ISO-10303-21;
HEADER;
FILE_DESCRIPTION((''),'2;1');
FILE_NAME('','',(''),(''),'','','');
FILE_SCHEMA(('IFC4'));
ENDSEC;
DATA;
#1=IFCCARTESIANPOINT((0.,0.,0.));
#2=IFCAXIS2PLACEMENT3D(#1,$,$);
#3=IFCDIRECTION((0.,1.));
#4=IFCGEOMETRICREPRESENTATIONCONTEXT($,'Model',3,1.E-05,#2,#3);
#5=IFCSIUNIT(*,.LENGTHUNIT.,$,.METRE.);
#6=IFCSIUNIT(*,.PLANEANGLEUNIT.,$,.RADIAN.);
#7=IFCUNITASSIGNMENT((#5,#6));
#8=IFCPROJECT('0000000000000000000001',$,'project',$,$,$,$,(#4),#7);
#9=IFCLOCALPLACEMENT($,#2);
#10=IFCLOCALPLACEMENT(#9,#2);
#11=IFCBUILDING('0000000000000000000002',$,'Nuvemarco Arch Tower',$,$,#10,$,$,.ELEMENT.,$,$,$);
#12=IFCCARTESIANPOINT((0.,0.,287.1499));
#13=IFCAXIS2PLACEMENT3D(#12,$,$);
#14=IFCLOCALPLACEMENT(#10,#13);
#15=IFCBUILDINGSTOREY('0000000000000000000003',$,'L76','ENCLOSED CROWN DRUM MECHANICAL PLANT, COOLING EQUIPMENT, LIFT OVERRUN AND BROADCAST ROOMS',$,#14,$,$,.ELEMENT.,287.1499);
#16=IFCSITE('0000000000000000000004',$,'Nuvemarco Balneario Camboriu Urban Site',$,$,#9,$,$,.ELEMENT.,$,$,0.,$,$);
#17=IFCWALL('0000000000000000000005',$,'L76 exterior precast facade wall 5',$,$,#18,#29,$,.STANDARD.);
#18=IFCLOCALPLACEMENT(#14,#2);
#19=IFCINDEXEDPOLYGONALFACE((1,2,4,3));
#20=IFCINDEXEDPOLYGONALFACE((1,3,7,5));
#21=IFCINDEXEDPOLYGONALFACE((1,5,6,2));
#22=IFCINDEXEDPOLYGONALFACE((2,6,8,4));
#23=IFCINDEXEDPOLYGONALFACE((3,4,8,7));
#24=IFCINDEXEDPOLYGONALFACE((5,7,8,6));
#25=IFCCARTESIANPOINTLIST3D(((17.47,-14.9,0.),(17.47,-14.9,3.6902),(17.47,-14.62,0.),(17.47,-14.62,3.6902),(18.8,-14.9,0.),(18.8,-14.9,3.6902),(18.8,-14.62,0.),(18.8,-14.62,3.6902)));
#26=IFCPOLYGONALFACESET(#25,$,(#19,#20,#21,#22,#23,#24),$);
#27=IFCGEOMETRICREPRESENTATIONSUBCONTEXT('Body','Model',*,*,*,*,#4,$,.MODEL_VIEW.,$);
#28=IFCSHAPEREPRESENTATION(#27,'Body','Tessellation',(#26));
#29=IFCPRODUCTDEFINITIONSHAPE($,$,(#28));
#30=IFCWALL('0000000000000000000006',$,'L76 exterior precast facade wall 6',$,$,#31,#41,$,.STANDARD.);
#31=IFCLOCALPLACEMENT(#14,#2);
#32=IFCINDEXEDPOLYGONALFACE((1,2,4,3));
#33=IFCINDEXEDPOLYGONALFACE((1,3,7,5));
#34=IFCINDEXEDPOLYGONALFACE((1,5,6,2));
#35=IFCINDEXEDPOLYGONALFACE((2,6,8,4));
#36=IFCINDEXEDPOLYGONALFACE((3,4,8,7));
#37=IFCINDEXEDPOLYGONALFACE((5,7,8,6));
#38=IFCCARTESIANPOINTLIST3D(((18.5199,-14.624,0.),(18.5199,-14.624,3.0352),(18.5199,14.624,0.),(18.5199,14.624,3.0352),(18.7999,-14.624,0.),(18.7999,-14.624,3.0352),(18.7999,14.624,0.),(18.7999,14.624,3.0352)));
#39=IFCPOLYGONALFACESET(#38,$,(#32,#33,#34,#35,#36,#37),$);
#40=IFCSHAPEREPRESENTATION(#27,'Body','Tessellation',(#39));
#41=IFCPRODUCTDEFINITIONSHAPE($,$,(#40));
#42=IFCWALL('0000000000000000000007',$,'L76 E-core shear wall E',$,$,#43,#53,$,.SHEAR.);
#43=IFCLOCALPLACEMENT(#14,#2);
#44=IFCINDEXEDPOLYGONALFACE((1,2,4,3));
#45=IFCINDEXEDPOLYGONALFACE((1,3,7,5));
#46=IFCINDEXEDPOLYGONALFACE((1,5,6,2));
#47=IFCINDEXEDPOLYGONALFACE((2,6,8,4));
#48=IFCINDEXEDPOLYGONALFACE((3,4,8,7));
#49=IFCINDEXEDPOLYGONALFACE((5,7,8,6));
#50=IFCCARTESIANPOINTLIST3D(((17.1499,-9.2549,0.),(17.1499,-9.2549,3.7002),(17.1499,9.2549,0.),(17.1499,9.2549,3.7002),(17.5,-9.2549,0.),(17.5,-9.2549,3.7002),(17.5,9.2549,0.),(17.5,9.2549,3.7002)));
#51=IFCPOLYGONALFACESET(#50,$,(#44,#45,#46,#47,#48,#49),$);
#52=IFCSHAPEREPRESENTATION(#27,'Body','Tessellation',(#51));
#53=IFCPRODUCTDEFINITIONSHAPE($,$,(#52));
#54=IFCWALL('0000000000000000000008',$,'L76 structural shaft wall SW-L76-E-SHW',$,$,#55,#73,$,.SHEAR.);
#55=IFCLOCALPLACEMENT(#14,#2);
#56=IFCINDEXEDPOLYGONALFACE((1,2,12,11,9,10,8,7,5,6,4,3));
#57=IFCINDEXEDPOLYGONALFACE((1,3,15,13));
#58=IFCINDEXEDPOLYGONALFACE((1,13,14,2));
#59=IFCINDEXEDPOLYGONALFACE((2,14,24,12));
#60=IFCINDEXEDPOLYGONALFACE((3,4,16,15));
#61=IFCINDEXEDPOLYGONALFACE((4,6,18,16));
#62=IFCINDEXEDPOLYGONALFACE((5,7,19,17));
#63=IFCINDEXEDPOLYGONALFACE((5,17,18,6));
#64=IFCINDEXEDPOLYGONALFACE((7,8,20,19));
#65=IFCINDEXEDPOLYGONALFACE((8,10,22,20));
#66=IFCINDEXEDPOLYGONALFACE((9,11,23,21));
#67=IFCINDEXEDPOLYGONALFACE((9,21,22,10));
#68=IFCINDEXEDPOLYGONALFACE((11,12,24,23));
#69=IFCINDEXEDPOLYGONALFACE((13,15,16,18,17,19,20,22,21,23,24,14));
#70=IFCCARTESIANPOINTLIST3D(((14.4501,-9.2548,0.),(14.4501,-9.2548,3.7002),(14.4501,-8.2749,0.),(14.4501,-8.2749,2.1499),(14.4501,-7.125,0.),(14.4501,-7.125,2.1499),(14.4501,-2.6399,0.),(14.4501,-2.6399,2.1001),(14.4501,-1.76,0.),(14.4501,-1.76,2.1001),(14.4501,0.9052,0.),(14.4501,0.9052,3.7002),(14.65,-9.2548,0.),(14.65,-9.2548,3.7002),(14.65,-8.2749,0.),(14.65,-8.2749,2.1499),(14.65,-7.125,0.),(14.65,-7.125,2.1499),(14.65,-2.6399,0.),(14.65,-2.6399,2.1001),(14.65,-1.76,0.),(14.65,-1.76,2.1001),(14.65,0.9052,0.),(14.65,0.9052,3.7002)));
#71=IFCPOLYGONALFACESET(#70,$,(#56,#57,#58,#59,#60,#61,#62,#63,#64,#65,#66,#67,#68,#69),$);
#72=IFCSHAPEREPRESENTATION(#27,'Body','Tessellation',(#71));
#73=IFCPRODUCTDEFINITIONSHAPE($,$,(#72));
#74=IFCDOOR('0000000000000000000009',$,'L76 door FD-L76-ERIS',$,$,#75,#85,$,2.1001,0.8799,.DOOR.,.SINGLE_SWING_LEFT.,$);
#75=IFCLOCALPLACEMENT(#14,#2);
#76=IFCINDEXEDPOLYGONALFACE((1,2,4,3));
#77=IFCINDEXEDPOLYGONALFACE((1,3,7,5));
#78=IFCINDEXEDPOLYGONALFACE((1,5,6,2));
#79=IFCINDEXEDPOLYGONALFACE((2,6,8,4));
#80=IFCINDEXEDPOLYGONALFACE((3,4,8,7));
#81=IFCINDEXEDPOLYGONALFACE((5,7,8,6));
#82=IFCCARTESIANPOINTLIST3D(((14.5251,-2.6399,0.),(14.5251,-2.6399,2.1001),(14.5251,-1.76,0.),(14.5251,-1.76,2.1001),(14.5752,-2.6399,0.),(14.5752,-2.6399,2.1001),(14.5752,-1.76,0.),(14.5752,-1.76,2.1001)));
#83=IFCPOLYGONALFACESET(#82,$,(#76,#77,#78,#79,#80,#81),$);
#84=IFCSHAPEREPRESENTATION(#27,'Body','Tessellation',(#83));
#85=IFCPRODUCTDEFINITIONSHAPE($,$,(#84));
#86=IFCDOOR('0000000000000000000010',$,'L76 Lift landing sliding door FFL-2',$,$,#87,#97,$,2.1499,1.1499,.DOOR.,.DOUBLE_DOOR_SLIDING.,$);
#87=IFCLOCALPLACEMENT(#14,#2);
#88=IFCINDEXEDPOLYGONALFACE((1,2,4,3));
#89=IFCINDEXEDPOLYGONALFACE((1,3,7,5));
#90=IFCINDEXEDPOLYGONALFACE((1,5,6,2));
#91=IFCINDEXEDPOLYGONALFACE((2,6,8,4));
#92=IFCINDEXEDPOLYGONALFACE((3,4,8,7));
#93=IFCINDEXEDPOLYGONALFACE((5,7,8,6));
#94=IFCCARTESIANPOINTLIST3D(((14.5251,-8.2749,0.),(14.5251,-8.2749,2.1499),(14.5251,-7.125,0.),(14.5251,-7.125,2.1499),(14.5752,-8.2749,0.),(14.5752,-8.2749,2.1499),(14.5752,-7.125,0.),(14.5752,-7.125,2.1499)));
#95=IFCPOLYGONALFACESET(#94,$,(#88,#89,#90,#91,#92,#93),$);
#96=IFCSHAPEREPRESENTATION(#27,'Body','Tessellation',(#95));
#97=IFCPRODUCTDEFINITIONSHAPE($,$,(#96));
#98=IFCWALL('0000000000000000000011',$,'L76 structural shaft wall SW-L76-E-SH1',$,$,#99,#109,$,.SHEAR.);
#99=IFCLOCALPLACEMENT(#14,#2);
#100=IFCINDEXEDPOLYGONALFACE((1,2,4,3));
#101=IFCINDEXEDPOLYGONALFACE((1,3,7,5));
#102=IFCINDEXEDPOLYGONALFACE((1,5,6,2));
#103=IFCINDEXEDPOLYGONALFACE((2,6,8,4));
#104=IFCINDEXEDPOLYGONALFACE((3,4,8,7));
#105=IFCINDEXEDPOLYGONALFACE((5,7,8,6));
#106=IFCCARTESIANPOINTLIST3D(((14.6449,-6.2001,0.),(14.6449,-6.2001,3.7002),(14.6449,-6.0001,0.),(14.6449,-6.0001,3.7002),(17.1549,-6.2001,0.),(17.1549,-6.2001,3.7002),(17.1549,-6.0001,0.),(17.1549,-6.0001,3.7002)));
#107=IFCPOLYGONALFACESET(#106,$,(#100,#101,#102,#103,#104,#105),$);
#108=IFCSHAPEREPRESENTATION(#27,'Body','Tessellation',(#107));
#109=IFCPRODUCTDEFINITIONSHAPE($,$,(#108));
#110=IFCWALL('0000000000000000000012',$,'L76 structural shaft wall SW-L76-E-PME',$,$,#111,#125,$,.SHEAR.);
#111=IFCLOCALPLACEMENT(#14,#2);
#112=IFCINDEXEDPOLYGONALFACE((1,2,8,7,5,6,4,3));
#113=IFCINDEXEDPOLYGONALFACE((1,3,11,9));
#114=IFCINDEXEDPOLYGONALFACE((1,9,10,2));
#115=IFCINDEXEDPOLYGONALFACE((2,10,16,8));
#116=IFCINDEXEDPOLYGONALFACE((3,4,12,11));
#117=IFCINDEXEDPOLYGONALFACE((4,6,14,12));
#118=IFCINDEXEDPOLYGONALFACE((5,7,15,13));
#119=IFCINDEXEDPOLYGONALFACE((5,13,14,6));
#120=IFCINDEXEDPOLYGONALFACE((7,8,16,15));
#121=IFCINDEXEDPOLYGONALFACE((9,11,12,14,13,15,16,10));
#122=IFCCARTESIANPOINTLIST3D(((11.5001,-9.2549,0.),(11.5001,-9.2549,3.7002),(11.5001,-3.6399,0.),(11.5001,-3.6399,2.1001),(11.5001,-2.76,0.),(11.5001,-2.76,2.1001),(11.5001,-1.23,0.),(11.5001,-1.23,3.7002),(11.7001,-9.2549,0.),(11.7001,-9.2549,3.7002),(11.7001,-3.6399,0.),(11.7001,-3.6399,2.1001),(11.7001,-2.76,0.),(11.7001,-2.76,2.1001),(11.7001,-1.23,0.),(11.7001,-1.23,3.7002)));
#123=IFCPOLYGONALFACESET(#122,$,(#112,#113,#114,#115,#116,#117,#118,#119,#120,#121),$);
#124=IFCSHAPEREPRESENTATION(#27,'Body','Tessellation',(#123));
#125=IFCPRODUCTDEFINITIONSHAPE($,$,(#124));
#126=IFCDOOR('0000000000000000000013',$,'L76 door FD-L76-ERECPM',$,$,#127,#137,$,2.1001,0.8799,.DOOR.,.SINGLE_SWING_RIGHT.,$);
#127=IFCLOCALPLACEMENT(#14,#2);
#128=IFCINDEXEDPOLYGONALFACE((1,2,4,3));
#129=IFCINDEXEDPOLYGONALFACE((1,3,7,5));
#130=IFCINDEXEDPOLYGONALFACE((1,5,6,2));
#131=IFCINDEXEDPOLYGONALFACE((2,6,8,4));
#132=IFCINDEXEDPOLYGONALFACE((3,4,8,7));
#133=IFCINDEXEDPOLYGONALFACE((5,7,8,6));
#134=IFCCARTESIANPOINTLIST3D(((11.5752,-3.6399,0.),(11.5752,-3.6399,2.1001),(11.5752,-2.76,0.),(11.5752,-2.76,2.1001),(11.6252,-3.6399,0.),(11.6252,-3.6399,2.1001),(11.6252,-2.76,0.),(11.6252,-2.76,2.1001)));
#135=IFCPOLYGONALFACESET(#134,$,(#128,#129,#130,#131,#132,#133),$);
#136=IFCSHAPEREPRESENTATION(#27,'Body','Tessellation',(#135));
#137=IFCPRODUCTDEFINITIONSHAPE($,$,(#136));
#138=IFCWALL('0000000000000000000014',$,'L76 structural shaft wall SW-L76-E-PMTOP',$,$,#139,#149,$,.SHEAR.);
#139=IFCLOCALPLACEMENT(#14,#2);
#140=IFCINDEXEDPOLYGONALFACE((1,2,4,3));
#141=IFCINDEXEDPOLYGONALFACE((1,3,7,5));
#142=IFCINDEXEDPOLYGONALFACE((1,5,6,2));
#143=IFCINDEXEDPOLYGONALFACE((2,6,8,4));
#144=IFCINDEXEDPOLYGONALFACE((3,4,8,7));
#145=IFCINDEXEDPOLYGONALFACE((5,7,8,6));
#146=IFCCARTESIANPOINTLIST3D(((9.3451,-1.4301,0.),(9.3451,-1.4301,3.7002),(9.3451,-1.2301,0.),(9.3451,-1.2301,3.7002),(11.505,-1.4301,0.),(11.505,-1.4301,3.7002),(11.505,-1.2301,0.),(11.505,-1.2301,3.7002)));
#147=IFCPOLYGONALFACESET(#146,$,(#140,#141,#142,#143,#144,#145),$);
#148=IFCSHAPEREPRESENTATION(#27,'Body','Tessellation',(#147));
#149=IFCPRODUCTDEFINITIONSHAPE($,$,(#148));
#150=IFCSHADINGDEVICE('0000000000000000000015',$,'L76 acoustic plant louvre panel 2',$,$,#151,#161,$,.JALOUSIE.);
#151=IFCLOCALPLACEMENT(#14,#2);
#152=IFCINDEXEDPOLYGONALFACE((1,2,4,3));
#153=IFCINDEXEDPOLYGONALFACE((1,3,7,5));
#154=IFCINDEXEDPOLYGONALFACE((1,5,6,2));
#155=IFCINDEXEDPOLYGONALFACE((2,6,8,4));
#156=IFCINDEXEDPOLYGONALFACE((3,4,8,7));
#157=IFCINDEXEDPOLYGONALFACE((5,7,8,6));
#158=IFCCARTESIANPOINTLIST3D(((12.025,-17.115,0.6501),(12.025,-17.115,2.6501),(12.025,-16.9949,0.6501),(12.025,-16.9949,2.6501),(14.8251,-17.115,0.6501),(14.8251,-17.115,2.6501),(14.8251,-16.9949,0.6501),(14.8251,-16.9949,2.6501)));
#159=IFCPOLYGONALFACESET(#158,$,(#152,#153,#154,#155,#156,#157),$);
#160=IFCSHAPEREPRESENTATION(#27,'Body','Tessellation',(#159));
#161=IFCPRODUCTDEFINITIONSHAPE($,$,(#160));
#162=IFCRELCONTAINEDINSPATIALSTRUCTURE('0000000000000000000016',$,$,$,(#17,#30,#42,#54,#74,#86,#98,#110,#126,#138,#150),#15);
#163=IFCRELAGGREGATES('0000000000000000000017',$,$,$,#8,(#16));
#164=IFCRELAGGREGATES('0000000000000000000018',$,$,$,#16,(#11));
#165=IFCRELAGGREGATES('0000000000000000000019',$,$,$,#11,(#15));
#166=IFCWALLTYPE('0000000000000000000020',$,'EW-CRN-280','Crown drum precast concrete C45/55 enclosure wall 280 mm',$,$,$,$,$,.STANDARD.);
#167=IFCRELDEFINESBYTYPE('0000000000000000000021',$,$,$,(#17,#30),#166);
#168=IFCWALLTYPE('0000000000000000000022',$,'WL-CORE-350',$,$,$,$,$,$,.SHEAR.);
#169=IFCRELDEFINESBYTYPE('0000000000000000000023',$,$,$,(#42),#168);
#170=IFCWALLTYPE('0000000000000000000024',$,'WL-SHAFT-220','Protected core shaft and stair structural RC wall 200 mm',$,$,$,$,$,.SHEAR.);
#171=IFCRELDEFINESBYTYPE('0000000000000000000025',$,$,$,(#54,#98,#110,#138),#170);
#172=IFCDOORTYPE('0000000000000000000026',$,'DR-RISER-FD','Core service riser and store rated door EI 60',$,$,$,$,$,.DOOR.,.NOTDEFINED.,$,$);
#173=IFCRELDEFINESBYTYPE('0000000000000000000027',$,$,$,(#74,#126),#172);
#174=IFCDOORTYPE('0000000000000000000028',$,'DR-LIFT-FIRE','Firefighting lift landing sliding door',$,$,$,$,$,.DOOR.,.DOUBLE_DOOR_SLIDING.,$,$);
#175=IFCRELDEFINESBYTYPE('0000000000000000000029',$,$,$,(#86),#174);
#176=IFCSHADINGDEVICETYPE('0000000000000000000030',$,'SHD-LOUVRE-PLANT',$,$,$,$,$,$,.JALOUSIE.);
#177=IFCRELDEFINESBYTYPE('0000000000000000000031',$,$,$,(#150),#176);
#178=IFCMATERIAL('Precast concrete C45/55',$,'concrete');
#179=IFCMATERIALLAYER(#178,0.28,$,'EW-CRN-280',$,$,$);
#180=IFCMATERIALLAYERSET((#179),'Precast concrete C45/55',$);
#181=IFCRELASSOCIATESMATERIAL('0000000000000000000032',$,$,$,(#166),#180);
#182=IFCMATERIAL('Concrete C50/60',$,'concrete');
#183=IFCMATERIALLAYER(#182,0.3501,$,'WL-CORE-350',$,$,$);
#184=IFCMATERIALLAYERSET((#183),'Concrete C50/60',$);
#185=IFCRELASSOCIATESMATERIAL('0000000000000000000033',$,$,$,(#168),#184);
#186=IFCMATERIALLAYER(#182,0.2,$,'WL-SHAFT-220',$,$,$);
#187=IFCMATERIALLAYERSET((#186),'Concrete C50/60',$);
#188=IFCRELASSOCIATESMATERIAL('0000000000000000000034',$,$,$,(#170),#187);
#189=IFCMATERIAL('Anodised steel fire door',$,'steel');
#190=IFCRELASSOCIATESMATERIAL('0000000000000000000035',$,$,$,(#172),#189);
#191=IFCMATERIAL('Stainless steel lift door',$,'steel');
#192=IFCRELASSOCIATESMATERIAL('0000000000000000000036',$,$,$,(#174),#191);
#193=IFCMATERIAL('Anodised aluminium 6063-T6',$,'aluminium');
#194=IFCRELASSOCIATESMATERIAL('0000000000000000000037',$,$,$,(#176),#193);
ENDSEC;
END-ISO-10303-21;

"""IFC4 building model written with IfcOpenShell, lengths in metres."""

from ifc_helpers import new_model, si_unit, direction, frame, frame_2d, origin, origin_2d, place, context, subcontext, project, spatial, rectangle, extrude, source, transform, mapped, material, layer, layer_set, type_object, type_shapes, element, fill, save


model = new_model("IFC4")

# Units and contexts
model_context = context("Model", 3, precision=1e-05, world=origin(), true_north=direction((0.0, 1.0)))
body_context = subcontext(model_context, "Body", "Model", "MODEL_VIEW")
ifc_project = project(units=[si_unit("LENGTHUNIT", "METRE"), si_unit("PLANEANGLEUNIT", "RADIAN")], contexts=[model_context])

# Site, building, storey
site_placement = place(None, origin())
site = spatial("IfcSite", under=ifc_project, at=site_placement, Name="Nuvemarco Balneario Camboriu Urban Site", CompositionType="ELEMENT", RefElevation=0.0)
building_placement = place(site_placement, origin())
building = spatial("IfcBuilding", under=site, at=building_placement, Name="Nuvemarco Arch Tower", CompositionType="ELEMENT")
storey_placement = place(building_placement, frame((0.0, 0.0, 287.1499)))
storey = spatial("IfcBuildingStorey", under=building, at=storey_placement, Name="L76", Description="ENCLOSED CROWN DRUM MECHANICAL PLANT, COOLING EQUIPMENT, LIFT OVERRUN AND BROADCAST ROOMS", CompositionType="ELEMENT", Elevation=287.1499)

# Shared definitions
ifc_material_1 = material(Name="Concrete C50/60", Category="concrete")

# Shared definitions
ifc_material_2 = material(Name="Precast concrete C45/55", Category="concrete")

# Walls
ifc_layer_1 = layer(ifc_material_2, 0.28, Name="EW-CRN-280")
ifc_layer_set_1 = layer_set([ifc_layer_1], Name="Precast concrete C45/55")
wall_type_1 = type_object("IfcWallType", Name="EW-CRN-280", Description="Crown drum precast concrete C45/55 enclosure wall 280 mm", PredefinedType="STANDARD", material=ifc_layer_set_1)
wall_1_placement = place(storey_placement, frame((17.47, -14.76, 0.0), z_axis=(0.0, 0.0, 1.0), x_axis=(1.0, 0.0, 0.0)))
element("IfcWall", 1, at=wall_1_placement, inside=storey, type_object=wall_type_1, Name="L76 exterior precast facade wall 5", PredefinedType="STANDARD", context=body_context, shape_type="SweptSolid", body=[
    extrude(rectangle(XDim=1.3301, YDim=0.28, at=frame_2d((0.665, 0.0))), origin(), (0.0, 0.0, 1.0), 3.6902),
])
wall_2_placement = place(storey_placement, frame((18.6599, -14.624, 0.0), z_axis=(0.0, 0.0, 1.0), x_axis=(0.0, 1.0, 0.0)))
element("IfcWall", 2, at=wall_2_placement, inside=storey, type_object=wall_type_1, Name="L76 exterior precast facade wall 6", PredefinedType="STANDARD", context=body_context, shape_type="SweptSolid", body=[
    extrude(rectangle(XDim=29.248, YDim=0.28, at=frame_2d((14.624, 0.0))), origin(), (0.0, 0.0, 1.0), 3.0352),
])
ifc_layer_2 = layer(ifc_material_1, 0.3501, Name="WL-CORE-350")
ifc_layer_set_2 = layer_set([ifc_layer_2], Name="Concrete C50/60")
wall_type_2 = type_object("IfcWallType", Name="WL-CORE-350", PredefinedType="SHEAR", material=ifc_layer_set_2)
wall_3_placement = place(storey_placement, frame((17.325, -9.2549, 0.0), z_axis=(0.0, 0.0, 1.0), x_axis=(0.0, 1.0, 0.0)))
element("IfcWall", 3, at=wall_3_placement, inside=storey, type_object=wall_type_2, Name="L76 E-core shear wall E", PredefinedType="SHEAR", context=body_context, shape_type="SweptSolid", body=[
    extrude(rectangle(XDim=18.5098, YDim=0.3501, at=frame_2d((9.2549, 0.0))), origin(), (0.0, 0.0, 1.0), 3.7002),
])

# Wall, openings, doors
ifc_layer_3 = layer(ifc_material_1, 0.2, Name="WL-SHAFT-220")
ifc_layer_set_3 = layer_set([ifc_layer_3], Name="Concrete C50/60")
wall_type_3 = type_object("IfcWallType", Name="WL-SHAFT-220", Description="Protected core shaft and stair structural RC wall 200 mm", PredefinedType="SHEAR", material=ifc_layer_set_3)
wall_4_placement = place(storey_placement, frame((14.55, -9.2549, 0.0), z_axis=(0.0, 0.0, 1.0), x_axis=(0.0, 1.0, 0.0)))
wall_4 = element("IfcWall", 4, at=wall_4_placement, inside=storey, type_object=wall_type_3, Name="L76 structural shaft wall SW-L76-E-SHW", PredefinedType="SHEAR", context=body_context, shape_type="SweptSolid", body=[
    extrude(rectangle(XDim=10.1599, YDim=0.2, at=frame_2d((5.0801, 0.0))), origin(), (0.0, 0.0, 1.0), 3.7002),
])
opening_1_placement = place(wall_4_placement, frame((6.615, 0.0, 0.0)))
opening_1 = element("IfcOpeningElement", 5, at=opening_1_placement, cuts=wall_4, PredefinedType="OPENING", context=body_context, shape_type="SweptSolid", body=[
    extrude(rectangle(XDim=0.8799, YDim=2.1001, at=frame_2d((0.4399, 1.05))), frame((0.0, 0.1099, 0.0), z_axis=(0.0, -1.0, 0.0), x_axis=(1.0, 0.0, 0.0)), (0.0, 0.0, 1.0), 0.22),
])
opening_2_placement = place(wall_4_placement, frame((0.98, 0.0, 0.0)))
opening_2 = element("IfcOpeningElement", 6, at=opening_2_placement, cuts=wall_4, PredefinedType="OPENING", context=body_context, shape_type="SweptSolid", body=[
    extrude(rectangle(XDim=1.1499, YDim=2.1499, at=frame_2d((0.575, 1.075))), frame((0.0, 0.1099, 0.0), z_axis=(0.0, -1.0, 0.0), x_axis=(1.0, 0.0, 0.0)), (0.0, 0.0, 1.0), 0.22),
])
ifc_material_3 = material(Name="Anodised steel fire door", Category="steel")
door_type_1 = type_object("IfcDoorType", Name="DR-RISER-FD", Description="Core service riser and store rated door EI 60", OperationType="NOTDEFINED", PredefinedType="DOOR", material=ifc_material_3)
shared_shape_1 = source(origin(), body_context, "Body", "SweptSolid", [
    extrude(rectangle(XDim=0.8799, YDim=2.1001, at=frame_2d((0.4399, 1.05))), frame((0.0, 0.0249, 0.0), z_axis=(0.0, -1.0, 0.0), x_axis=(1.0, 0.0, 0.0)), (0.0, 0.0, 1.0), 0.05),
])
type_shapes(door_type_1, [shared_shape_1])
door_1_placement = place(opening_1_placement, origin())
door_1 = element("IfcDoor", 7, at=door_1_placement, inside=storey, type_object=door_type_1, Name="L76 door FD-L76-ERIS", OperationType="SINGLE_SWING_LEFT", OverallHeight=2.1001, OverallWidth=0.8799, PredefinedType="DOOR", context=body_context, shape_type="MappedRepresentation", body=[
    mapped(shared_shape_1, transform((0.0, 0.0, 0.0), scale=1.0)),
])
fill(opening_1, door_1)
ifc_material_4 = material(Name="Stainless steel lift door", Category="steel")
door_type_2 = type_object("IfcDoorType", Name="DR-LIFT-FIRE", Description="Firefighting lift landing sliding door", OperationType="DOUBLE_DOOR_SLIDING", PredefinedType="DOOR", material=ifc_material_4)
shared_shape_2 = source(origin(), body_context, "Body", "SweptSolid", [
    extrude(rectangle(XDim=1.1499, YDim=2.1499, at=frame_2d((0.575, 1.075))), frame((0.0, 0.0249, 0.0), z_axis=(0.0, -1.0, 0.0), x_axis=(1.0, 0.0, 0.0)), (0.0, 0.0, 1.0), 0.05),
])
type_shapes(door_type_2, [shared_shape_2])
door_2_placement = place(opening_2_placement, origin())
door_2 = element("IfcDoor", 8, at=door_2_placement, inside=storey, type_object=door_type_2, Name="L76 Lift landing sliding door FFL-2", OperationType="DOUBLE_DOOR_SLIDING", OverallHeight=2.1499, OverallWidth=1.1499, PredefinedType="DOOR", context=body_context, shape_type="MappedRepresentation", body=[
    mapped(shared_shape_2, transform((0.0, 0.0, 0.0), scale=1.0)),
])
fill(opening_2, door_2)

# Wall
wall_5_placement = place(storey_placement, frame((14.645, -6.1001, 0.0), z_axis=(0.0, 0.0, 1.0), x_axis=(1.0, 0.0, 0.0)))
element("IfcWall", 9, at=wall_5_placement, inside=storey, type_object=wall_type_3, Name="L76 structural shaft wall SW-L76-E-SH1", PredefinedType="SHEAR", context=body_context, shape_type="SweptSolid", body=[
    extrude(rectangle(XDim=2.51, YDim=0.2, at=frame_2d((1.2549, 0.0))), origin(), (0.0, 0.0, 1.0), 3.7002),
])

# Wall, opening, door
wall_6_placement = place(storey_placement, frame((11.6001, -9.2549, 0.0), z_axis=(0.0, 0.0, 1.0), x_axis=(0.0, 1.0, 0.0)))
wall_6 = element("IfcWall", 10, at=wall_6_placement, inside=storey, type_object=wall_type_3, Name="L76 structural shaft wall SW-L76-E-PME", PredefinedType="SHEAR", context=body_context, shape_type="SweptSolid", body=[
    extrude(rectangle(XDim=8.0249, YDim=0.2, at=frame_2d((4.0125, 0.0))), origin(), (0.0, 0.0, 1.0), 3.7002),
])
opening_3_placement = place(wall_6_placement, frame((5.615, 0.0, 0.0)))
opening_3 = element("IfcOpeningElement", 11, at=opening_3_placement, cuts=wall_6, PredefinedType="OPENING", context=body_context, shape_type="SweptSolid", body=[
    extrude(rectangle(XDim=0.8799, YDim=2.1001, at=frame_2d((0.4399, 1.05))), frame((0.0, 0.1099, 0.0), z_axis=(0.0, -1.0, 0.0), x_axis=(1.0, 0.0, 0.0)), (0.0, 0.0, 1.0), 0.22),
])
door_3_placement = place(opening_3_placement, origin())
door_3 = element("IfcDoor", 12, at=door_3_placement, inside=storey, type_object=door_type_1, Name="L76 door FD-L76-ERECPM", OperationType="SINGLE_SWING_RIGHT", OverallHeight=2.1001, OverallWidth=0.8799, PredefinedType="DOOR", context=body_context, shape_type="MappedRepresentation", body=[
    mapped(shared_shape_1, transform((0.0, 0.0, 0.0), scale=1.0)),
])
fill(opening_3, door_3)

# Wall
wall_7_placement = place(storey_placement, frame((9.345, -1.3301, 0.0), z_axis=(0.0, 0.0, 1.0), x_axis=(1.0, 0.0, 0.0)))
element("IfcWall", 13, at=wall_7_placement, inside=storey, type_object=wall_type_3, Name="L76 structural shaft wall SW-L76-E-PMTOP", PredefinedType="SHEAR", context=body_context, shape_type="SweptSolid", body=[
    extrude(rectangle(XDim=2.1599, YDim=0.2, at=frame_2d((1.0801, 0.0))), origin(), (0.0, 0.0, 1.0), 3.7002),
])

# Shading device
ifc_material_5 = material(Name="Anodised aluminium 6063-T6", Category="aluminium")
shading_device_type = type_object("IfcShadingDeviceType", Name="SHD-LOUVRE-PLANT", PredefinedType="JALOUSIE", material=ifc_material_5)
shared_shape_3 = source(origin(), body_context, "Body", "SweptSolid", [
    extrude(rectangle(XDim=2.8, YDim=0.1201, at=origin_2d()), origin(), (0.0, 0.0, 1.0), 2.0),
])
type_shapes(shading_device_type, [shared_shape_3])
shading_device_placement = place(storey_placement, frame((13.425, -17.0549, 0.6501), z_axis=(0.0, 0.0, 1.0), x_axis=(1.0, 0.0, 0.0)))
element("IfcShadingDevice", 14, at=shading_device_placement, inside=storey, type_object=shading_device_type, Name="L76 acoustic plant louvre panel 2", PredefinedType="JALOUSIE", context=body_context, shape_type="MappedRepresentation", body=[
    mapped(shared_shape_3, transform((0.0, 0.0, 0.0), scale=1.0)),
])

save(model, "model.ifc")
